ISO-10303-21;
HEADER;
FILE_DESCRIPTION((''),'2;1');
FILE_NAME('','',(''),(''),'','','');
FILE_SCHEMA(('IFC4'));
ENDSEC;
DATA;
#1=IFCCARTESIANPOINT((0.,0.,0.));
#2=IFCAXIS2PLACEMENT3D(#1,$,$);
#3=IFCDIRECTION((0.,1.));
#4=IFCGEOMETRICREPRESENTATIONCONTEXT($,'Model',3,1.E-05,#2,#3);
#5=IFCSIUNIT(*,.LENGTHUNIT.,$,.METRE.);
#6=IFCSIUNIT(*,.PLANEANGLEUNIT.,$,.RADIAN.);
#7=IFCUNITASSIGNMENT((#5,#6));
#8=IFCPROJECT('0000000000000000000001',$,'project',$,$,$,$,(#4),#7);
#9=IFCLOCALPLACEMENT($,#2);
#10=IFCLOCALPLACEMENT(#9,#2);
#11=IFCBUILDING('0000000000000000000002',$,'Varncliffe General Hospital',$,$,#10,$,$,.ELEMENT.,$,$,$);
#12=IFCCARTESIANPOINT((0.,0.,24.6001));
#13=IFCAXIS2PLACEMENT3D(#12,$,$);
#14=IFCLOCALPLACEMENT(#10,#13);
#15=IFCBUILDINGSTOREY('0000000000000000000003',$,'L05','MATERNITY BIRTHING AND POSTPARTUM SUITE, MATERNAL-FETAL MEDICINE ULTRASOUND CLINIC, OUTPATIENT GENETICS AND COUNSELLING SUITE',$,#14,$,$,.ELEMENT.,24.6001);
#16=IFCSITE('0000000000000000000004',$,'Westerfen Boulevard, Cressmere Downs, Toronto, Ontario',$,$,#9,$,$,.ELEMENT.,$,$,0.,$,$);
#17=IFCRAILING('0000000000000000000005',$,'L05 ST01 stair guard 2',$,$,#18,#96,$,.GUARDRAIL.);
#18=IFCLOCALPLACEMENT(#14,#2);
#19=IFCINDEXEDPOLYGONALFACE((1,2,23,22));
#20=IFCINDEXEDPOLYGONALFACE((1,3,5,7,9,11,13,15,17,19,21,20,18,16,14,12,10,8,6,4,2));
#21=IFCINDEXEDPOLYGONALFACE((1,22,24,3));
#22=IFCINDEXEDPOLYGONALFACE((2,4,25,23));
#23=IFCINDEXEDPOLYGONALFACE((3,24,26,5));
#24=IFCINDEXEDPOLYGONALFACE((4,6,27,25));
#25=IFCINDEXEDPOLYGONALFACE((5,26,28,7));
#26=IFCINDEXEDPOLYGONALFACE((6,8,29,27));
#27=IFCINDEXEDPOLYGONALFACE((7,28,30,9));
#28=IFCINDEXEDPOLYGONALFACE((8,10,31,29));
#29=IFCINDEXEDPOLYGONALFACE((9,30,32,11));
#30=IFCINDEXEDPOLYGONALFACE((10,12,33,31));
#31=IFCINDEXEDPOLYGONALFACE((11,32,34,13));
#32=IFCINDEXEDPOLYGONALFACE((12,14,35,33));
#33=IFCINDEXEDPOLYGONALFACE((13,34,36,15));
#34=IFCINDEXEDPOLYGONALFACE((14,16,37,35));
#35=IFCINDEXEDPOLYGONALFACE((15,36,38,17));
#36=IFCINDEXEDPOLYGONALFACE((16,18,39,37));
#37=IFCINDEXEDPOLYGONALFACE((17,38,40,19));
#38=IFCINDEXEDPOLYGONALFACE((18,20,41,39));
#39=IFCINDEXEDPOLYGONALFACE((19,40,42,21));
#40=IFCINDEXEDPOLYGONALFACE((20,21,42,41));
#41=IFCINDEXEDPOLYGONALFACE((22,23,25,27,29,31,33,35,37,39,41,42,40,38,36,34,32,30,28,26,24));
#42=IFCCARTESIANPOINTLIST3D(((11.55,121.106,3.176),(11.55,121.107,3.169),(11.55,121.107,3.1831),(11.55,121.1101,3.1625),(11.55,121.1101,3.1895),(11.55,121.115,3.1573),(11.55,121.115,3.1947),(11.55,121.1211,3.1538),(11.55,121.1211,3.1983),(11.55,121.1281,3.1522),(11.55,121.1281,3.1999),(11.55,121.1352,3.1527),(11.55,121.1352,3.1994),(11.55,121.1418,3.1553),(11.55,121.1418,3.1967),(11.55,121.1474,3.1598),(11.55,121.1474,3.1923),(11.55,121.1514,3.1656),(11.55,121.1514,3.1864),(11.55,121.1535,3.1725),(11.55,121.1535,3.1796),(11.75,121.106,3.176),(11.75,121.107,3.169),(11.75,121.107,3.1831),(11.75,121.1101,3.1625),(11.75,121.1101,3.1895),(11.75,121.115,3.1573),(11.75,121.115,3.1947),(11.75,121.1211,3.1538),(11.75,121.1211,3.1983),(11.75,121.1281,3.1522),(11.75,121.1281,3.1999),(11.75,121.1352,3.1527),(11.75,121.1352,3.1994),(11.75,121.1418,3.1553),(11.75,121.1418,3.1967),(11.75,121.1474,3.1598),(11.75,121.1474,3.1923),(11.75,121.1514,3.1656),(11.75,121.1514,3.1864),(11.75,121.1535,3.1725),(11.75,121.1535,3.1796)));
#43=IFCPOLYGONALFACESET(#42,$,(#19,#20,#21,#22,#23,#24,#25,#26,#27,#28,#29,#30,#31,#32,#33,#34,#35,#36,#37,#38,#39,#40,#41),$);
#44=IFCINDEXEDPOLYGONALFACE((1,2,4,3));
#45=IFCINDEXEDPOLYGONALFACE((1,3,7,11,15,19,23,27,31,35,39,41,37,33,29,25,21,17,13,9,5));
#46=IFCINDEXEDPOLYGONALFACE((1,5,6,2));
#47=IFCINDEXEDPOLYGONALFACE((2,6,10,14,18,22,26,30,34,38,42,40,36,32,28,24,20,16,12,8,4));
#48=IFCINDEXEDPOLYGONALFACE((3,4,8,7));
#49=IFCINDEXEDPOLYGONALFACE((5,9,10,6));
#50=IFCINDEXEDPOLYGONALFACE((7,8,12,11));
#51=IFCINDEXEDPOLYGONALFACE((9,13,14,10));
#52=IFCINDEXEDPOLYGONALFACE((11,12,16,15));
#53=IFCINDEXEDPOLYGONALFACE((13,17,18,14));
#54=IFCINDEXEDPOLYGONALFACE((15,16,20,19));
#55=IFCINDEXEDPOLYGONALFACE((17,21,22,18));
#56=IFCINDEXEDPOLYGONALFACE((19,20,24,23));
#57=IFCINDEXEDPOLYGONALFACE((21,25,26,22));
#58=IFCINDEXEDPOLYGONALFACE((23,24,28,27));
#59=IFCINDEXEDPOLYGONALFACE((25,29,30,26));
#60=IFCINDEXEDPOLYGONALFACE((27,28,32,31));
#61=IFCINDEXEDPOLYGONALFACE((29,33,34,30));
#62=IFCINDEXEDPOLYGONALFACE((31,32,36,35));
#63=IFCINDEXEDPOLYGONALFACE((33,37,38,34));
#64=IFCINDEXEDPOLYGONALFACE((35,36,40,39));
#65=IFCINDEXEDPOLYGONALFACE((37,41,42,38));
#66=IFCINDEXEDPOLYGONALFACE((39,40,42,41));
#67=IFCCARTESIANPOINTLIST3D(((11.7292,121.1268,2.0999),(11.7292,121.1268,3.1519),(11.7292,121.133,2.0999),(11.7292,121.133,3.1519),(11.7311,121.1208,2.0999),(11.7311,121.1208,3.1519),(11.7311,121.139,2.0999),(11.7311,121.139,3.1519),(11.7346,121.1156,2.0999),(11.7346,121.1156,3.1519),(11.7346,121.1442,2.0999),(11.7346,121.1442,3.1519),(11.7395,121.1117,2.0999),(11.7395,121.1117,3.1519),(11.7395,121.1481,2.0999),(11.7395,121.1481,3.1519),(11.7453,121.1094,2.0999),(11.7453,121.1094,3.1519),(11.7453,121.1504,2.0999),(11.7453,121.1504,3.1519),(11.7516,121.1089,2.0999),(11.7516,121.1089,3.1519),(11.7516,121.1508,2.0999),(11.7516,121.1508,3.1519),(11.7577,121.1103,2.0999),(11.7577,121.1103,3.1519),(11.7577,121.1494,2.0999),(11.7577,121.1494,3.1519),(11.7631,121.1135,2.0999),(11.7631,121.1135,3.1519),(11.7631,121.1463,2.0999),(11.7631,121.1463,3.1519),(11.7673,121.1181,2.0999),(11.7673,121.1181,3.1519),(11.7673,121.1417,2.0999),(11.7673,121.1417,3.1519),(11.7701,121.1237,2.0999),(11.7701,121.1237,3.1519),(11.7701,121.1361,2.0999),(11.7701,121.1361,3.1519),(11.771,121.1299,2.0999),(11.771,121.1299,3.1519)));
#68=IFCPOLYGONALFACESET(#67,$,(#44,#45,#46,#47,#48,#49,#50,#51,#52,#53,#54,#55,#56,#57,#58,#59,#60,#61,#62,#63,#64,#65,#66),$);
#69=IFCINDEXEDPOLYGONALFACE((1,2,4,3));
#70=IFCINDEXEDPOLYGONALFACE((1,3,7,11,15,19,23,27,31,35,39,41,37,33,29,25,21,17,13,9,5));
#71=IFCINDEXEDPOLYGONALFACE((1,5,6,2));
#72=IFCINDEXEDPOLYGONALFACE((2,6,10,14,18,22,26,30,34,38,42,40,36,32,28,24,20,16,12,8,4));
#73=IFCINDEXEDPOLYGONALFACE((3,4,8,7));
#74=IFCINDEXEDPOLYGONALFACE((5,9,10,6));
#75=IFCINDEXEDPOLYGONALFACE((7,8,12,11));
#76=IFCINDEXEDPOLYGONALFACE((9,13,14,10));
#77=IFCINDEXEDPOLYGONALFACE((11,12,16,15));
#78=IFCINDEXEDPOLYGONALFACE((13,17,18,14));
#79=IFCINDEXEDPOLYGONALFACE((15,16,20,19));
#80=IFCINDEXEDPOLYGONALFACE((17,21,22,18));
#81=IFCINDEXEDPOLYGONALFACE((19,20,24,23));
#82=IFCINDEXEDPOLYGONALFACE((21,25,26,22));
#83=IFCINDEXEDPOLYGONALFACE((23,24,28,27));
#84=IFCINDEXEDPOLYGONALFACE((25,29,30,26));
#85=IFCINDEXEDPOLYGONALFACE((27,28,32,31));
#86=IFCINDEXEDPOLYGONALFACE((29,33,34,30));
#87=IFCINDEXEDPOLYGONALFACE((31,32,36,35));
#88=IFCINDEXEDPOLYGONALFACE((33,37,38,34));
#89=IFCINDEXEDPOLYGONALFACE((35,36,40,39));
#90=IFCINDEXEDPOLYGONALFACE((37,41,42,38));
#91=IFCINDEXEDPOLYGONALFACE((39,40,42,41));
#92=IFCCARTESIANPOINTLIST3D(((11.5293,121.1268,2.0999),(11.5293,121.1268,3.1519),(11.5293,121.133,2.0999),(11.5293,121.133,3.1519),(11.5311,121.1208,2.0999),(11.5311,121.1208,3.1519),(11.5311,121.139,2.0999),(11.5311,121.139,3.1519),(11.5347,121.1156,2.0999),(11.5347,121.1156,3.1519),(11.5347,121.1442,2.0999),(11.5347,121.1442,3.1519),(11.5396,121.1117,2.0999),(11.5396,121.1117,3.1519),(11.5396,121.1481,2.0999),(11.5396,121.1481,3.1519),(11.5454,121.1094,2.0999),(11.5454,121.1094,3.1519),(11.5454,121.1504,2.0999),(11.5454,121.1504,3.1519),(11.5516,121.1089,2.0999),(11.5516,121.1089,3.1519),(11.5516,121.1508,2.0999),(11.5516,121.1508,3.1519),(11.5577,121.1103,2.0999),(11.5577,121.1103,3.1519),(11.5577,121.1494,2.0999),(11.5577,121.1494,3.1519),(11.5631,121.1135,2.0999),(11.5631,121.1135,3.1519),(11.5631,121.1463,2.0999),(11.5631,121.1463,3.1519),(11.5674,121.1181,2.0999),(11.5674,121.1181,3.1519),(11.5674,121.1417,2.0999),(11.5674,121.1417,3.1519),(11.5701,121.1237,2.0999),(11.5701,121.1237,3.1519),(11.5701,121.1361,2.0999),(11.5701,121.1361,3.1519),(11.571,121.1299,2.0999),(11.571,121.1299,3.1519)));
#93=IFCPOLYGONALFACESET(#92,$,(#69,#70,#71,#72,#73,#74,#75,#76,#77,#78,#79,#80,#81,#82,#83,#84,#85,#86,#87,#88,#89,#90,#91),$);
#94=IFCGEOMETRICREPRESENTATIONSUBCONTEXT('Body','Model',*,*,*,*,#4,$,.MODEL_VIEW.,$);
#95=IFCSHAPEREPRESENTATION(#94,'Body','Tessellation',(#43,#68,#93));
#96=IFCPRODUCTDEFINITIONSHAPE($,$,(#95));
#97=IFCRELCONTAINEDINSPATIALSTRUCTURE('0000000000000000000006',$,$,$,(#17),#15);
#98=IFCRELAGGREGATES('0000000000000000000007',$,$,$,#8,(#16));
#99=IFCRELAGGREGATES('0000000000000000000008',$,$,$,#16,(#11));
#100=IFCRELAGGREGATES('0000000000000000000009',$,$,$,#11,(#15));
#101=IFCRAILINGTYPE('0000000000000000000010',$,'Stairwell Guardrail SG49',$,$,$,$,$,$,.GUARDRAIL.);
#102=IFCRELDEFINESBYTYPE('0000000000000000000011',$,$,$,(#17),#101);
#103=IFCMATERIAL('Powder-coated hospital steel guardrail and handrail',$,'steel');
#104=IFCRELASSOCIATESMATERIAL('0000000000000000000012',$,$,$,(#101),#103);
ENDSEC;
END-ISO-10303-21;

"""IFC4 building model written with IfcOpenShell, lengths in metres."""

from ifc_helpers import new_model, si_unit, direction, frame, origin, origin_2d, place, context, subcontext, project, spatial, circle, extrude, material, type_object, element, save


model = new_model("IFC4")

# Units and contexts
model_context = context("Model", 3, precision=1e-05, world=origin(), true_north=direction((0.0, 1.0)))
body_context = subcontext(model_context, "Body", "Model", "MODEL_VIEW")
ifc_project = project(units=[si_unit("LENGTHUNIT", "METRE"), si_unit("PLANEANGLEUNIT", "RADIAN")], contexts=[model_context])

# Site, building, storey
site_placement = place(None, origin())
site = spatial("IfcSite", under=ifc_project, at=site_placement, Name="Westerfen Boulevard, Cressmere Downs, Toronto, Ontario", CompositionType="ELEMENT", RefElevation=0.0)
building_placement = place(site_placement, origin())
building = spatial("IfcBuilding", under=site, at=building_placement, Name="Varncliffe General Hospital", CompositionType="ELEMENT")
storey_placement = place(building_placement, frame((0.0, 0.0, 24.6001)))
storey = spatial("IfcBuildingStorey", under=building, at=storey_placement, Name="L05", Description="MATERNITY BIRTHING AND POSTPARTUM SUITE, MATERNAL-FETAL MEDICINE ULTRASOUND CLINIC, OUTPATIENT GENETICS AND COUNSELLING SUITE", CompositionType="ELEMENT", Elevation=24.6001)

# Railing
ifc_material_1 = material(Name="Powder-coated hospital steel guardrail and handrail", Category="steel")
railing_type_1 = type_object("IfcRailingType", Name="Stairwell Guardrail SG49", PredefinedType="GUARDRAIL", material=ifc_material_1)
railing_1_placement = place(storey_placement, frame((11.75, 121.1299, 2.0999)))
element("IfcRailing", 1, at=railing_1_placement, inside=storey, type_object=railing_type_1, Name="L05 ST01 stair guard 2", PredefinedType="GUARDRAIL", context=body_context, shape_type="SweptSolid", body=[
    extrude(circle(Radius=0.0239, at=origin_2d()), frame((0.0, 0.0, 1.0762), z_axis=(-1.0, 0.0, 0.0), x_axis=(0.0, -1.0, 0.0)), (0.0, 0.0, 1.0), 0.2),
    extrude(circle(Radius=0.021, at=origin_2d()), origin(), (0.0, 0.0, 1.0), 1.052),
    extrude(circle(Radius=0.021, at=origin_2d()), frame((-0.2, 0.0, 0.0)), (0.0, 0.0, 1.0), 1.052),
])

save(model, "model.ifc")
